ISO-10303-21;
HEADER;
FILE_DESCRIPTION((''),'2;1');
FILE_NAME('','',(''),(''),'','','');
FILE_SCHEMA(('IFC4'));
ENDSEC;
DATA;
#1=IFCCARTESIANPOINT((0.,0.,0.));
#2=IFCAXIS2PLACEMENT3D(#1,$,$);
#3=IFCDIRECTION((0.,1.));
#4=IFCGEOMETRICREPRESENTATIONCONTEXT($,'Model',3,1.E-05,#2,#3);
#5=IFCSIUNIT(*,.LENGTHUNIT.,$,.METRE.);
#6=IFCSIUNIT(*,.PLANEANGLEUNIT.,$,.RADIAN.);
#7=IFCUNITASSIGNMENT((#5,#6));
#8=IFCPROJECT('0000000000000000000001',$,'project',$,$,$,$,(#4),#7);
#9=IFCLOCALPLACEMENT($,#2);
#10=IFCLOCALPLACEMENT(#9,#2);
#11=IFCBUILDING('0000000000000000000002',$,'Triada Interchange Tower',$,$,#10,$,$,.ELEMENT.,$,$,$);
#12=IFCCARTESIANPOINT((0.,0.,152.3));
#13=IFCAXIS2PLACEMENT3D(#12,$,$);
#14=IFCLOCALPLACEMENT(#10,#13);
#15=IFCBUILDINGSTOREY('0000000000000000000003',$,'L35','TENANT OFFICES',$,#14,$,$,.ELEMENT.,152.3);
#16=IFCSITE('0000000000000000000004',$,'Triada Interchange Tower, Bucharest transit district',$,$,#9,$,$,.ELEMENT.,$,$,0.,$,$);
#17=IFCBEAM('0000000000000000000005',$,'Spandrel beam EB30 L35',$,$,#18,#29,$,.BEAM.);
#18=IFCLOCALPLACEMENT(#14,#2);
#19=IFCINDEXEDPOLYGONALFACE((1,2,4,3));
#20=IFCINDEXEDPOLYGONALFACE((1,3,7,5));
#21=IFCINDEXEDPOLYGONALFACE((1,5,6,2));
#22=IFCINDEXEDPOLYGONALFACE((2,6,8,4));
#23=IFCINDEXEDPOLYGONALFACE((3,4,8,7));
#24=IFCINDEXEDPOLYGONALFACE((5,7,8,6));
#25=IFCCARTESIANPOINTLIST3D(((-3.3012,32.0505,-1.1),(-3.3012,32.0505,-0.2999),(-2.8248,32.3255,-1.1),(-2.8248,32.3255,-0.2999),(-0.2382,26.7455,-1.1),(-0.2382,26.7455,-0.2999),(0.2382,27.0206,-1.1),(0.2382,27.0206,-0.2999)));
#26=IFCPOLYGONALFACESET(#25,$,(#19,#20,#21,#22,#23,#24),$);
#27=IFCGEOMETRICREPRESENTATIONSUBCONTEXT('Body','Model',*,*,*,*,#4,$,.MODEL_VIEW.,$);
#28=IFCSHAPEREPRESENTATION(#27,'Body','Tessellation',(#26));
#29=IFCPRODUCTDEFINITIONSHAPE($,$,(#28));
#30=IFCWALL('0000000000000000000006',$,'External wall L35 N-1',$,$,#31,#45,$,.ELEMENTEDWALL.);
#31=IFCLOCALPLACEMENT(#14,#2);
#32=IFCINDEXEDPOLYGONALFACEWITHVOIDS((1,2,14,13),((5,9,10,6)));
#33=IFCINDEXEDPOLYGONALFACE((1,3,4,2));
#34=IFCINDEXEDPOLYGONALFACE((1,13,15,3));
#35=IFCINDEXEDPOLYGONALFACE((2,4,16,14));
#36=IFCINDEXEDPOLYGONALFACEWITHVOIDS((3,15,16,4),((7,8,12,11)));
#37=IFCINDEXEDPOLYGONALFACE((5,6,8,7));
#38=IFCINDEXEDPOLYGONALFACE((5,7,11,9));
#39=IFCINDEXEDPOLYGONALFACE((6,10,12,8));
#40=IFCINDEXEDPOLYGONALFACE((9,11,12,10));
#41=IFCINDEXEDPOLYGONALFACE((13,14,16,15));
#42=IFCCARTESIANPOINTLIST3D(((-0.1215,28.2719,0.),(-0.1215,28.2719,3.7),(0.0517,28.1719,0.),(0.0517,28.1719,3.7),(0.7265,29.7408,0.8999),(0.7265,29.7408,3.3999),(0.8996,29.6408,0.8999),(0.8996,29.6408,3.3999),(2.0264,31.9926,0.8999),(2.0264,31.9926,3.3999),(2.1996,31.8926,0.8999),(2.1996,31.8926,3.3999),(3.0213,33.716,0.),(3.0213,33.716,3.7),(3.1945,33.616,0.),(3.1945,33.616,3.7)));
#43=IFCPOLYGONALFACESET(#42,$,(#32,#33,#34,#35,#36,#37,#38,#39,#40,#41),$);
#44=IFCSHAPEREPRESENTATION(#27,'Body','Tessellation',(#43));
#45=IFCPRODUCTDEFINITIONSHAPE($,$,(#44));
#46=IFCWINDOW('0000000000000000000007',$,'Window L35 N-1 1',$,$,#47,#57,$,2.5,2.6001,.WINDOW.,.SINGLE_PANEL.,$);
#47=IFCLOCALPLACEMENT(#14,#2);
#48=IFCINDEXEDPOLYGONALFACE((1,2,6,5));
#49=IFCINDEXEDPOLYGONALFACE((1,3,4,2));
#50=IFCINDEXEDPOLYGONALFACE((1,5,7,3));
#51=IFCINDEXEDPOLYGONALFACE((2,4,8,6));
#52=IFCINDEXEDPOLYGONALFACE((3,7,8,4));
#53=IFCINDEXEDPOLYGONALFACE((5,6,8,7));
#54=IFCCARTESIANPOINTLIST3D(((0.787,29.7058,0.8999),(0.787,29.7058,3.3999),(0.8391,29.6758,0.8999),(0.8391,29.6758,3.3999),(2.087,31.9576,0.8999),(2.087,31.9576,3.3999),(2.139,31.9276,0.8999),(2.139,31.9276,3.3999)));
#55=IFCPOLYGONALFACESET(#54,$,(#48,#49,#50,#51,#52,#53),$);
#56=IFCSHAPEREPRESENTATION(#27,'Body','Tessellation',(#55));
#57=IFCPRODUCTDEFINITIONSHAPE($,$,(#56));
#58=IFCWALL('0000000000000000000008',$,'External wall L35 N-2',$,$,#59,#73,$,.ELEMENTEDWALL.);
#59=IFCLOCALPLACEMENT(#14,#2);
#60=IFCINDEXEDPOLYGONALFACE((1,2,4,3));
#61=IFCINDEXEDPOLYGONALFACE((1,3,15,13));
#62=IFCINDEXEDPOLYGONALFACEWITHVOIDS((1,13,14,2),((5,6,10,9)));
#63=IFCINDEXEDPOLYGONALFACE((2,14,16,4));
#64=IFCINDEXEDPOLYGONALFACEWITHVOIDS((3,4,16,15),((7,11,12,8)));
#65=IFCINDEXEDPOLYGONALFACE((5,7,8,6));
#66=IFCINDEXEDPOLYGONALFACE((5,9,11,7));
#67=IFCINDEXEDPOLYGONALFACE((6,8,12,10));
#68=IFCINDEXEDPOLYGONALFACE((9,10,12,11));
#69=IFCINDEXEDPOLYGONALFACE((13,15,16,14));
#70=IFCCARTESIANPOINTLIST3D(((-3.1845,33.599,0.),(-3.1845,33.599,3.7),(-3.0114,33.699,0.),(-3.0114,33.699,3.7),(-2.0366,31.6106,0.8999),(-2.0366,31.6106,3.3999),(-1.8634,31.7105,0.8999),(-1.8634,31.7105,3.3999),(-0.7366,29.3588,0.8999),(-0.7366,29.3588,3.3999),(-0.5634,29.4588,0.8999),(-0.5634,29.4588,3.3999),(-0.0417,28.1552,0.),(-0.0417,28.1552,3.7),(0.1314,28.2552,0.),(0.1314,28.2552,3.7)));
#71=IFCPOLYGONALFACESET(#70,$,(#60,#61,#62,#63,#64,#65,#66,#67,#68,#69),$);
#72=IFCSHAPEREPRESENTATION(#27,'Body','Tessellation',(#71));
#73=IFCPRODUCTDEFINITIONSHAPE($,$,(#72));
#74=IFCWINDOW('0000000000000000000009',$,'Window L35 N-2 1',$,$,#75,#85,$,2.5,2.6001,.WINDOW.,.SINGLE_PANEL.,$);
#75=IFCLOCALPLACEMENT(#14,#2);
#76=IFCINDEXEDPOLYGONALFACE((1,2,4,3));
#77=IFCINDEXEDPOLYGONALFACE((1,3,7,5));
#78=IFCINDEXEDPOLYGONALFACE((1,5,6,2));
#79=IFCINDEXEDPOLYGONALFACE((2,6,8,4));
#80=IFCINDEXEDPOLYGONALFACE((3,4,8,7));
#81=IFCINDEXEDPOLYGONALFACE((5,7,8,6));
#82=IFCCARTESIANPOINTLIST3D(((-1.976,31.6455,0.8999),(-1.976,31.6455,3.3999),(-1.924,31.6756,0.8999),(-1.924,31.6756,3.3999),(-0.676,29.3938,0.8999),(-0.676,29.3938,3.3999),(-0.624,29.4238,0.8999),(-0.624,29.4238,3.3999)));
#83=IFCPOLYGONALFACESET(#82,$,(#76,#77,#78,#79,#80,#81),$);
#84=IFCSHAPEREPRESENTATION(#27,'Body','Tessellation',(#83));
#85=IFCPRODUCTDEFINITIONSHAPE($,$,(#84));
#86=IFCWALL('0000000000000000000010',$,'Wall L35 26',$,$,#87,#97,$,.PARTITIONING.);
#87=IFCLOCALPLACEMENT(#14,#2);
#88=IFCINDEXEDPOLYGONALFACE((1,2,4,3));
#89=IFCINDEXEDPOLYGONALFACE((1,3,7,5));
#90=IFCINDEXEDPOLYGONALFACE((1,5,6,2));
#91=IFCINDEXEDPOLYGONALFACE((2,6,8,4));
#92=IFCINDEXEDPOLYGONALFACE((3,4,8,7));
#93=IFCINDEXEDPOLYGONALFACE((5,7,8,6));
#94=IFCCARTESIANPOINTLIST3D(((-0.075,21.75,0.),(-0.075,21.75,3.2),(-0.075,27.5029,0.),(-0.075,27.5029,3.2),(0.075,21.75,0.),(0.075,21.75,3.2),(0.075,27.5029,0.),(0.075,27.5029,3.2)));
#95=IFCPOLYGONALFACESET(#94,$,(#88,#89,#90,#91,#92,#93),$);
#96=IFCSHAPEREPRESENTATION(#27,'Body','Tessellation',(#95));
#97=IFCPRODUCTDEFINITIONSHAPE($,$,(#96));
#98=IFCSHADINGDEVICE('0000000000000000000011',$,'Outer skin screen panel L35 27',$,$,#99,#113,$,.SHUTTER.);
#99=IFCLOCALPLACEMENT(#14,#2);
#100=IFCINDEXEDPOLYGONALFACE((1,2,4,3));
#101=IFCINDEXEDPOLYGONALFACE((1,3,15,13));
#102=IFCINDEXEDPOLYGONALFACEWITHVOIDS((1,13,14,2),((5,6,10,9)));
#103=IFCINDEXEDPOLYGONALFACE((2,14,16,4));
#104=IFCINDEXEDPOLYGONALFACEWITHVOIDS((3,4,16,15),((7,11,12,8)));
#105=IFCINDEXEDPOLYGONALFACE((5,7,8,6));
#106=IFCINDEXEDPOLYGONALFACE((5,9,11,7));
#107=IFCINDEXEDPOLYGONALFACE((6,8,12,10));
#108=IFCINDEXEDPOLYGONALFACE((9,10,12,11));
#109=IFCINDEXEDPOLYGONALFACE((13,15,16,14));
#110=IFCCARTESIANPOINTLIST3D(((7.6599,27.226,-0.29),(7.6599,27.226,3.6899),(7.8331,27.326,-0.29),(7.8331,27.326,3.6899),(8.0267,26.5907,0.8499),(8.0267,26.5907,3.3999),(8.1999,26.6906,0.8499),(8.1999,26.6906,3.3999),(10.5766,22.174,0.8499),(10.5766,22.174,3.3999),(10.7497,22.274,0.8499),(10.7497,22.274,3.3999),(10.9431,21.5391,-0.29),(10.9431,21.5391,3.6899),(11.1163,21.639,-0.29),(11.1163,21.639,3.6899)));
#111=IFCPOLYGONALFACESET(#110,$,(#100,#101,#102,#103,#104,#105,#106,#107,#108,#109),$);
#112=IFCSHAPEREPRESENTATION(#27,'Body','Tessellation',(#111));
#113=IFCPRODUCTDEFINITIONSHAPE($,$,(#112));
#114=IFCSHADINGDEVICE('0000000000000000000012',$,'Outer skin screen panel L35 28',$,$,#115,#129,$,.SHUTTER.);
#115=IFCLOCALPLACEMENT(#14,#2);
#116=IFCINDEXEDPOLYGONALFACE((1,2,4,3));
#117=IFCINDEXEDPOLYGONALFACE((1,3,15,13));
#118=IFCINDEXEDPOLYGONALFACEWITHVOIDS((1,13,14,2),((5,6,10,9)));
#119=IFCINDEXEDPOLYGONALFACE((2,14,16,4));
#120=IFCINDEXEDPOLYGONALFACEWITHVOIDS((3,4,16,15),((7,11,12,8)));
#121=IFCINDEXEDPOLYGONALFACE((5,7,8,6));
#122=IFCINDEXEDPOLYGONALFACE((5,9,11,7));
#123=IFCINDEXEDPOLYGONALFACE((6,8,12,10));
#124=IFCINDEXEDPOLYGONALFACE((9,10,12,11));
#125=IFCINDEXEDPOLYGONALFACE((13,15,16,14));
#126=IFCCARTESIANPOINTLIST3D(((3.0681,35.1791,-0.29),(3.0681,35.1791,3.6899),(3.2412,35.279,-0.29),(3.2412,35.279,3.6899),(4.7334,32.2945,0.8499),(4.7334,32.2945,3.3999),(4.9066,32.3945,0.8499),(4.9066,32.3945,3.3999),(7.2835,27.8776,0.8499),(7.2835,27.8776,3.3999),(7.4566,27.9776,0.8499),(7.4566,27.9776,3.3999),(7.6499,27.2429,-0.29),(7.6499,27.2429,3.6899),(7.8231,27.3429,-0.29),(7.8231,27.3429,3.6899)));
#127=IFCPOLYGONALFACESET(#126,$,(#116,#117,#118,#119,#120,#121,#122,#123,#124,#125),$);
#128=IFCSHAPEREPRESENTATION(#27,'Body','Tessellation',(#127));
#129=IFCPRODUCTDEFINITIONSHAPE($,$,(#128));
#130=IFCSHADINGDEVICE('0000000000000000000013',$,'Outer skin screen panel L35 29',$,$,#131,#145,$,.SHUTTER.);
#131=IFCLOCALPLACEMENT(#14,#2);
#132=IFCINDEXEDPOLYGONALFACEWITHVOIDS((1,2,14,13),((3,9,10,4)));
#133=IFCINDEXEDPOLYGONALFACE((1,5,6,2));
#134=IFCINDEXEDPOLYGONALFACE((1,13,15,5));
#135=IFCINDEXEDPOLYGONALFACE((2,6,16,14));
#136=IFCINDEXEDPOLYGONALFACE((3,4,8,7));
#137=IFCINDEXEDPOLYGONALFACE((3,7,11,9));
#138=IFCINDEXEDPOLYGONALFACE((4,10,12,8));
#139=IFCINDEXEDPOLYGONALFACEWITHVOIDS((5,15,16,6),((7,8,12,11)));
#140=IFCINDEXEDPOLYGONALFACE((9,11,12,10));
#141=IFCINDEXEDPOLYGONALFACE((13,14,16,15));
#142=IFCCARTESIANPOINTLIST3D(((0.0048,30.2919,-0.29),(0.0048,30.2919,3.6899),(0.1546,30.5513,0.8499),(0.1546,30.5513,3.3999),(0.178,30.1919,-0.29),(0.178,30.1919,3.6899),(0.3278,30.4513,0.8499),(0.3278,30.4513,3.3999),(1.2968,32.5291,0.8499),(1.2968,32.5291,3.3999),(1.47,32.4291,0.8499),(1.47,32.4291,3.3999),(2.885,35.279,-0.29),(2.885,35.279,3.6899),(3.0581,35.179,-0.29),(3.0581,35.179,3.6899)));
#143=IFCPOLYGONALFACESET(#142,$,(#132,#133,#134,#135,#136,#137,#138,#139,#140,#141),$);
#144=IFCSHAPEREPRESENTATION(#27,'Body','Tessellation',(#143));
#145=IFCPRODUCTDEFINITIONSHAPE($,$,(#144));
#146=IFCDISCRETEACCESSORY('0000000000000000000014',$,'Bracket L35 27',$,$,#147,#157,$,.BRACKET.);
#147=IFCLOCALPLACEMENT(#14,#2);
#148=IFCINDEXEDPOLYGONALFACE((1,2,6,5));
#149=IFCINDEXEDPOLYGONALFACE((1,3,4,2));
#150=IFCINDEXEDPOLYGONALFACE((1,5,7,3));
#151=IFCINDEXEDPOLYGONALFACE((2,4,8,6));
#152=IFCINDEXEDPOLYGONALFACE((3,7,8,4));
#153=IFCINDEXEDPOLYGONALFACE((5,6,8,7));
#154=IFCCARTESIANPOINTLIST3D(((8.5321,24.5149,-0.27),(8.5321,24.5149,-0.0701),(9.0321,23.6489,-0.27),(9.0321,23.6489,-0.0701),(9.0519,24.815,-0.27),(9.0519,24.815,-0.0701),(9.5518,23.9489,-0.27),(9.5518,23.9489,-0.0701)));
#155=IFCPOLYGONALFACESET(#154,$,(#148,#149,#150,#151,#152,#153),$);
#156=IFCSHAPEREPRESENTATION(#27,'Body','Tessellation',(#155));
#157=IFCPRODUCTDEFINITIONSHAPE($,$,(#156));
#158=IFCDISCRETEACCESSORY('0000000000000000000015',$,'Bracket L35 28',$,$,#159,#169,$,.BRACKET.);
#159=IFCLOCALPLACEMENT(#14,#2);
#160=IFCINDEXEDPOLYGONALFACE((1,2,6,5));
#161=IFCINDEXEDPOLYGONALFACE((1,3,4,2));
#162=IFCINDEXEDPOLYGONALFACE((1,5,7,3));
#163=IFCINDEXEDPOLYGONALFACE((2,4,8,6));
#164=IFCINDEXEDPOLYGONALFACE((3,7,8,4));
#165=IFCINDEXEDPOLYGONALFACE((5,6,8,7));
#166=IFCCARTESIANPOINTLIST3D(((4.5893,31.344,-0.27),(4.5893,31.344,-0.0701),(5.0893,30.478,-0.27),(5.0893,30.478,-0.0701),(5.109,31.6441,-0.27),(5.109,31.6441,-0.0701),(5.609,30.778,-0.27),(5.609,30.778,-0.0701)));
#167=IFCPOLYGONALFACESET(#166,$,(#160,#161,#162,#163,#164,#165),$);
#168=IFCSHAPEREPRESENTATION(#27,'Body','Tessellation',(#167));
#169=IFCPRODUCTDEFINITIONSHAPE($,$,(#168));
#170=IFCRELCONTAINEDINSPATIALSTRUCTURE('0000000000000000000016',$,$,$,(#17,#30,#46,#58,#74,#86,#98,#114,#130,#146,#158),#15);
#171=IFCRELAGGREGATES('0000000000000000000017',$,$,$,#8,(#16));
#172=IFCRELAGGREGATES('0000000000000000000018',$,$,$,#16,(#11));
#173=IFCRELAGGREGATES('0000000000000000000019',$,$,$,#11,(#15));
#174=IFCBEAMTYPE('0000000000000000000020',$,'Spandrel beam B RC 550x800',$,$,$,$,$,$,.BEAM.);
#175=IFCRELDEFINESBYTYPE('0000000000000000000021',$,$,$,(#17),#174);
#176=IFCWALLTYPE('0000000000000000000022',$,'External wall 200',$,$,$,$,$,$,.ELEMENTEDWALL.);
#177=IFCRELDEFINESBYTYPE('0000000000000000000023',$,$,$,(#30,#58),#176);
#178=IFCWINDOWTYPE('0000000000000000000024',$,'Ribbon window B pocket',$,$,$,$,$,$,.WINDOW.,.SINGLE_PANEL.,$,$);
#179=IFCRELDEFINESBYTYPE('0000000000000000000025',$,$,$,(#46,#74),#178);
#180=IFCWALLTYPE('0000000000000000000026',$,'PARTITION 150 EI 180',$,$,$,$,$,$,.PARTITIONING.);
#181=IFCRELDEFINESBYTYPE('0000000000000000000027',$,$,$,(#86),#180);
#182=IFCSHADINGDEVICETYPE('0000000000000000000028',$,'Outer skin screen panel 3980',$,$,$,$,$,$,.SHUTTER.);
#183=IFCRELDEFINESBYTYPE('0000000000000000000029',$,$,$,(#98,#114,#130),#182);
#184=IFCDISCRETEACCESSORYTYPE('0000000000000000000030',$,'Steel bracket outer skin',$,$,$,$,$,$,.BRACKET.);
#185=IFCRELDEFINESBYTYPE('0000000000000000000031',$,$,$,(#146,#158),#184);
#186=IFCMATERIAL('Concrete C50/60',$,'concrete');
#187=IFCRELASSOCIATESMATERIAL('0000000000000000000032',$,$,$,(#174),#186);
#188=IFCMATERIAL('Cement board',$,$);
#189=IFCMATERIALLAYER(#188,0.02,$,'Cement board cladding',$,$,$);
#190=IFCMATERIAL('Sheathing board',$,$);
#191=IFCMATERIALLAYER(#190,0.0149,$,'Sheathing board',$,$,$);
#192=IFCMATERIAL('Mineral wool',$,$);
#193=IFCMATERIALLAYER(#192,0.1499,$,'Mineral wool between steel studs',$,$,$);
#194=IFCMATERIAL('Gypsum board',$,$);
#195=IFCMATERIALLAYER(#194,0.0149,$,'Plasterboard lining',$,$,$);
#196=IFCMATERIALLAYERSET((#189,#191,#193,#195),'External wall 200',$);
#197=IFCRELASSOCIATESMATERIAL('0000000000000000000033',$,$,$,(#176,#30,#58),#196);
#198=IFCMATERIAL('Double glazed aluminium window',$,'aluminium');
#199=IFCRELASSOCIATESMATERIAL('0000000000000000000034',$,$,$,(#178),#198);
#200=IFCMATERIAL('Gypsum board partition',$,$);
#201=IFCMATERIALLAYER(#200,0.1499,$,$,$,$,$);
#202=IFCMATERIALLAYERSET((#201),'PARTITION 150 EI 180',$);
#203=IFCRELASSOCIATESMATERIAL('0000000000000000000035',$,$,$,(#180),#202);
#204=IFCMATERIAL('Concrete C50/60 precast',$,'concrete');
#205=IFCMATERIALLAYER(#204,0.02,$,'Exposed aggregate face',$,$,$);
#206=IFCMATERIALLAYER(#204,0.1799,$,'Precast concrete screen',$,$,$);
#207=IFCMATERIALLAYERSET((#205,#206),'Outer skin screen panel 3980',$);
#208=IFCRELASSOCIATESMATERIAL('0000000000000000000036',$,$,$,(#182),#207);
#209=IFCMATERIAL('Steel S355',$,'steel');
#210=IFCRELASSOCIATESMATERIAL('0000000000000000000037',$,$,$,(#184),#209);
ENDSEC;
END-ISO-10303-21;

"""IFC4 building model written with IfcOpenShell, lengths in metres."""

from ifc_helpers import new_model, si_unit, direction, frame, frame_2d, origin, origin_2d, place, context, subcontext, project, spatial, polyline, rectangle, outline, extrude, material, layer, layer_set, layer_usage, material_profile, profile_set, type_object, element, fill, save


model = new_model("IFC4")

# Units and contexts
model_context = context("Model", 3, precision=1e-05, world=origin(), true_north=direction((0.0, 1.0)))
body_context = subcontext(model_context, "Body", "Model", "MODEL_VIEW")
ifc_project = project(units=[si_unit("LENGTHUNIT", "METRE"), si_unit("PLANEANGLEUNIT", "RADIAN")], contexts=[model_context])

# Site, building, storey
site_placement = place(None, origin())
site = spatial("IfcSite", under=ifc_project, at=site_placement, Name="Triada Interchange Tower, Bucharest transit district", CompositionType="ELEMENT", RefElevation=0.0)
building_placement = place(site_placement, origin())
building = spatial("IfcBuilding", under=site, at=building_placement, Name="Triada Interchange Tower", CompositionType="ELEMENT")
storey_placement = place(building_placement, frame((0.0, 0.0, 152.3)))
storey = spatial("IfcBuildingStorey", under=building, at=storey_placement, Name="L35", Description="TENANT OFFICES", CompositionType="ELEMENT", Elevation=152.3)

# Beam
ifc_material_1 = material(Name="Concrete C50/60", Category="concrete")
ifc_material_profile_1 = material_profile(ifc_material_1, rectangle(XDim=0.55, YDim=0.8, at=origin_2d()), Name="RC 550x800")
ifc_profile_set_1 = profile_set([ifc_material_profile_1], Name="Concrete C50/60")
beam_type_1 = type_object("IfcBeamType", Name="Spandrel beam B RC 550x800", PredefinedType="BEAM", material=ifc_profile_set_1)
for number, where, z_axis, x_axis, name in (
    (1, (0.0, 26.8831, -0.7), (-0.500023, 0.866012, 0.0), (-0.866012, -0.500023, 0.0), "Spandrel beam EB30 L35"),
):
    element("IfcBeam", number, at=place(storey_placement, frame(where, z_axis=z_axis, x_axis=x_axis)), inside=storey, type_object=beam_type_1, Name=name, PredefinedType="BEAM", context=body_context, shape_type="SweptSolid", body=[
        extrude(rectangle(XDim=0.55, YDim=0.8, at=origin_2d()), origin(), (0.0, 0.0, 1.0), 6.1257),
    ])

# Walls, openings, windows
ifc_material_2 = material(Name="Cement board")
ifc_layer_1 = layer(ifc_material_2, 0.02, Name="Cement board cladding")
ifc_material_3 = material(Name="Sheathing board")
ifc_layer_2 = layer(ifc_material_3, 0.0149, Name="Sheathing board")
ifc_material_4 = material(Name="Mineral wool")
ifc_layer_3 = layer(ifc_material_4, 0.1499, Name="Mineral wool between steel studs")
ifc_material_5 = material(Name="Gypsum board")
ifc_layer_4 = layer(ifc_material_5, 0.0149, Name="Plasterboard lining")
ifc_layer_set_1 = layer_set([ifc_layer_1, ifc_layer_2, ifc_layer_3, ifc_layer_4], Name="External wall 200")
ifc_layer_usage = layer_usage(ifc_layer_set_1, "AXIS2", "POSITIVE", -0.1001)
wall_type_1 = type_object("IfcWallType", Name="External wall 200", PredefinedType="ELEMENTEDWALL", material=ifc_layer_set_1)
wall_1_placement = place(storey_placement, frame((3.1079, 33.666, 0.0), z_axis=(0.0, 0.0, 1.0), x_axis=(-0.499961, -0.866048, 0.0)))
wall_1 = element("IfcWall", 2, at=wall_1_placement, inside=storey, type_object=wall_type_1, material=ifc_layer_usage, Name="External wall L35 N-1", PredefinedType="ELEMENTEDWALL", context=body_context, shape_type="SweptSolid", body=[
    extrude(rectangle(XDim=6.2861, YDim=0.2, at=frame_2d((3.1431, 0.0))), origin(), (0.0, 0.0, 1.0), 3.7),
])
opening_1_placement = place(wall_1_placement, frame((1.99, 0.0, 0.8999)))
opening_1 = element("IfcOpeningElement", 3, at=opening_1_placement, cuts=wall_1, PredefinedType="OPENING", context=body_context, shape_type="SweptSolid", body=[
    extrude(rectangle(XDim=2.6001, YDim=2.5, at=frame_2d((1.3, 1.25))), frame((0.0, 0.1099, 0.0), z_axis=(0.0, -1.0, 0.0), x_axis=(1.0, 0.0, 0.0)), (0.0, 0.0, 1.0), 0.22),
])
ifc_material_6 = material(Name="Double glazed aluminium window", Category="aluminium")
window_type = type_object("IfcWindowType", Name="Ribbon window B pocket", PartitioningType="SINGLE_PANEL", PredefinedType="WINDOW", material=ifc_material_6)
window_1_placement = place(opening_1_placement, origin())
window_1 = element("IfcWindow", 4, at=window_1_placement, inside=storey, type_object=window_type, Name="Window L35 N-1 1", OverallHeight=2.5, OverallWidth=2.6001, PartitioningType="SINGLE_PANEL", PredefinedType="WINDOW", context=body_context, shape_type="SweptSolid", body=[
    extrude(rectangle(XDim=2.6001, YDim=2.5, at=frame_2d((1.3, 1.25))), frame((0.0, 0.03, 0.0), z_axis=(0.0, -1.0, 0.0), x_axis=(1.0, 0.0, 0.0)), (0.0, 0.0, 1.0), 0.0601),
])
fill(opening_1, window_1)
wall_2_placement = place(storey_placement, frame((0.0449, 28.2051, 0.0), z_axis=(0.0, 0.0, 1.0), x_axis=(-0.499978, 0.866038, 0.0)))
wall_2 = element("IfcWall", 5, at=wall_2_placement, inside=storey, type_object=wall_type_1, material=ifc_layer_usage, Name="External wall L35 N-2", PredefinedType="ELEMENTEDWALL", context=body_context, shape_type="SweptSolid", body=[
    extrude(rectangle(XDim=6.2859, YDim=0.2, at=frame_2d((3.1431, 0.0))), origin(), (0.0, 0.0, 1.0), 3.7),
])
opening_2_placement = place(wall_2_placement, frame((1.3899, 0.0, 0.8999)))
opening_2 = element("IfcOpeningElement", 6, at=opening_2_placement, cuts=wall_2, PredefinedType="OPENING", context=body_context, shape_type="SweptSolid", body=[
    extrude(rectangle(XDim=2.6001, YDim=2.5, at=frame_2d((1.3, 1.25))), frame((0.0, 0.1099, 0.0), z_axis=(0.0, -1.0, 0.0), x_axis=(1.0, 0.0, 0.0)), (0.0, 0.0, 1.0), 0.22),
])
window_2_placement = place(opening_2_placement, origin())
window_2 = element("IfcWindow", 7, at=window_2_placement, inside=storey, type_object=window_type, Name="Window L35 N-2 1", OverallHeight=2.5, OverallWidth=2.6001, PartitioningType="SINGLE_PANEL", PredefinedType="WINDOW", context=body_context, shape_type="SweptSolid", body=[
    extrude(rectangle(XDim=2.6001, YDim=2.5, at=frame_2d((1.3, 1.25))), frame((0.0, 0.03, 0.0), z_axis=(0.0, -1.0, 0.0), x_axis=(1.0, 0.0, 0.0)), (0.0, 0.0, 1.0), 0.0601),
])
fill(opening_2, window_2)

# Wall
ifc_material_7 = material(Name="Gypsum board partition")
ifc_layer_5 = layer(ifc_material_7, 0.1499)
ifc_layer_set_2 = layer_set([ifc_layer_5], Name="PARTITION 150 EI 180")
wall_type_2 = type_object("IfcWallType", Name="PARTITION 150 EI 180", PredefinedType="PARTITIONING", material=ifc_layer_set_2)
wall_3_placement = place(storey_placement, frame((0.0, 21.75, 0.0), z_axis=(0.0, 0.0, 1.0), x_axis=(0.0, 1.0, 0.0)))
element("IfcWall", 8, at=wall_3_placement, inside=storey, type_object=wall_type_2, Name="Wall L35 26", PredefinedType="PARTITIONING", context=body_context, shape_type="SweptSolid", body=[
    extrude(rectangle(XDim=5.7529, YDim=0.1499, at=frame_2d((2.8765, 0.0))), origin(), (0.0, 0.0, 1.0), 3.2),
])

# Shading devices
ifc_material_8 = material(Name="Concrete C50/60 precast", Category="concrete")
ifc_layer_6 = layer(ifc_material_8, 0.02, Name="Exposed aggregate face")
ifc_layer_7 = layer(ifc_material_8, 0.1799, Name="Precast concrete screen")
ifc_layer_set_3 = layer_set([ifc_layer_6, ifc_layer_7], Name="Outer skin screen panel 3980")
shading_device_type = type_object("IfcShadingDeviceType", Name="Outer skin screen panel 3980", PredefinedType="SHUTTER", material=ifc_layer_set_3)
shading_device_1_placement = place(storey_placement, frame((10.9431, 21.5391, -0.29), z_axis=(0.0, 0.0, 1.0), x_axis=(-0.499978, 0.866038, 0.0)))
element("IfcShadingDevice", 9, at=shading_device_1_placement, inside=storey, type_object=shading_device_type, Name="Outer skin screen panel L35 27", PredefinedType="SHUTTER", context=body_context, shape_type="SweptSolid", body=[
    extrude(outline(polyline([(0.0, 0.0), (6.5667, 0.0), (6.5667, 3.98), (0.0, 3.98), (0.0, 0.0)]), holes=[polyline([(0.7332, 1.1399), (0.7332, 3.6899), (5.833, 3.6899), (5.833, 1.1399), (0.7332, 1.1399)])]), frame((0.0, 0.0, 0.0), z_axis=(0.0, -1.0, 0.0), x_axis=(1.0, 0.0, 0.0)), (0.0, 0.0, 1.0), 0.2),
])
shading_device_2_placement = place(storey_placement, frame((7.6499, 27.2429, -0.29), z_axis=(0.0, 0.0, 1.0), x_axis=(-0.499993, 0.866029, 0.0)))
element("IfcShadingDevice", 10, at=shading_device_2_placement, inside=storey, type_object=shading_device_type, Name="Outer skin screen panel L35 28", PredefinedType="SHUTTER", context=body_context, shape_type="SweptSolid", body=[
    extrude(outline(polyline([(0.0, 0.0), (9.1638, 0.0), (9.1638, 3.98), (0.0, 3.98), (0.0, 0.0)]), holes=[polyline([(0.7329, 1.1399), (0.7329, 3.6899), (5.833, 3.6899), (5.833, 1.1399), (0.7329, 1.1399)])]), frame((0.0, 0.0, 0.0), z_axis=(0.0, -1.0, 0.0), x_axis=(1.0, 0.0, 0.0)), (0.0, 0.0, 1.0), 0.2),
])
shading_device_3_placement = place(storey_placement, frame((3.0581, 35.179, -0.29), z_axis=(0.0, 0.0, 1.0), x_axis=(-0.50011, -0.865962, 0.0)))
element("IfcShadingDevice", 11, at=shading_device_3_placement, inside=storey, type_object=shading_device_type, Name="Outer skin screen panel L35 29", PredefinedType="SHUTTER", context=body_context, shape_type="SweptSolid", body=[
    extrude(outline(polyline([(0.0, 0.0), (5.759, 0.0), (5.759, 3.98), (0.0, 3.98), (0.0, 0.0)]), holes=[polyline([(3.1755, 1.1399), (3.1755, 3.6899), (5.4595, 3.6899), (5.4595, 1.1399), (3.1755, 1.1399)])]), frame((0.0, 0.0, 0.0), z_axis=(0.0, -1.0, 0.0), x_axis=(1.0, 0.0, 0.0)), (0.0, 0.0, 1.0), 0.2),
])

# Discrete accessories
ifc_material_9 = material(Name="Steel S355", Category="steel")
discrete_accessory_type = type_object("IfcDiscreteAccessoryType", Name="Steel bracket outer skin", PredefinedType="BRACKET", material=ifc_material_9)
for number, where, z_axis, x_axis, name in (
    (12, (9.042, 24.2319, -0.27), (0.0, 0.0, 1.0), (0.866036, 0.499982, 0.0), "Bracket L35 27"),
    (13, (5.0991, 31.061, -0.27), (0.0, 0.0, 1.0), (0.866036, 0.499982, 0.0), "Bracket L35 28"),
):
    element("IfcDiscreteAccessory", number, at=place(storey_placement, frame(where, z_axis=z_axis, x_axis=x_axis)), inside=storey, type_object=discrete_accessory_type, Name=name, PredefinedType="BRACKET", context=body_context, shape_type="SweptSolid", body=[
        extrude(rectangle(XDim=0.6001, YDim=1.0, at=origin_2d()), origin(), (0.0, 0.0, 1.0), 0.2),
    ])

save(model, "model.ifc")
